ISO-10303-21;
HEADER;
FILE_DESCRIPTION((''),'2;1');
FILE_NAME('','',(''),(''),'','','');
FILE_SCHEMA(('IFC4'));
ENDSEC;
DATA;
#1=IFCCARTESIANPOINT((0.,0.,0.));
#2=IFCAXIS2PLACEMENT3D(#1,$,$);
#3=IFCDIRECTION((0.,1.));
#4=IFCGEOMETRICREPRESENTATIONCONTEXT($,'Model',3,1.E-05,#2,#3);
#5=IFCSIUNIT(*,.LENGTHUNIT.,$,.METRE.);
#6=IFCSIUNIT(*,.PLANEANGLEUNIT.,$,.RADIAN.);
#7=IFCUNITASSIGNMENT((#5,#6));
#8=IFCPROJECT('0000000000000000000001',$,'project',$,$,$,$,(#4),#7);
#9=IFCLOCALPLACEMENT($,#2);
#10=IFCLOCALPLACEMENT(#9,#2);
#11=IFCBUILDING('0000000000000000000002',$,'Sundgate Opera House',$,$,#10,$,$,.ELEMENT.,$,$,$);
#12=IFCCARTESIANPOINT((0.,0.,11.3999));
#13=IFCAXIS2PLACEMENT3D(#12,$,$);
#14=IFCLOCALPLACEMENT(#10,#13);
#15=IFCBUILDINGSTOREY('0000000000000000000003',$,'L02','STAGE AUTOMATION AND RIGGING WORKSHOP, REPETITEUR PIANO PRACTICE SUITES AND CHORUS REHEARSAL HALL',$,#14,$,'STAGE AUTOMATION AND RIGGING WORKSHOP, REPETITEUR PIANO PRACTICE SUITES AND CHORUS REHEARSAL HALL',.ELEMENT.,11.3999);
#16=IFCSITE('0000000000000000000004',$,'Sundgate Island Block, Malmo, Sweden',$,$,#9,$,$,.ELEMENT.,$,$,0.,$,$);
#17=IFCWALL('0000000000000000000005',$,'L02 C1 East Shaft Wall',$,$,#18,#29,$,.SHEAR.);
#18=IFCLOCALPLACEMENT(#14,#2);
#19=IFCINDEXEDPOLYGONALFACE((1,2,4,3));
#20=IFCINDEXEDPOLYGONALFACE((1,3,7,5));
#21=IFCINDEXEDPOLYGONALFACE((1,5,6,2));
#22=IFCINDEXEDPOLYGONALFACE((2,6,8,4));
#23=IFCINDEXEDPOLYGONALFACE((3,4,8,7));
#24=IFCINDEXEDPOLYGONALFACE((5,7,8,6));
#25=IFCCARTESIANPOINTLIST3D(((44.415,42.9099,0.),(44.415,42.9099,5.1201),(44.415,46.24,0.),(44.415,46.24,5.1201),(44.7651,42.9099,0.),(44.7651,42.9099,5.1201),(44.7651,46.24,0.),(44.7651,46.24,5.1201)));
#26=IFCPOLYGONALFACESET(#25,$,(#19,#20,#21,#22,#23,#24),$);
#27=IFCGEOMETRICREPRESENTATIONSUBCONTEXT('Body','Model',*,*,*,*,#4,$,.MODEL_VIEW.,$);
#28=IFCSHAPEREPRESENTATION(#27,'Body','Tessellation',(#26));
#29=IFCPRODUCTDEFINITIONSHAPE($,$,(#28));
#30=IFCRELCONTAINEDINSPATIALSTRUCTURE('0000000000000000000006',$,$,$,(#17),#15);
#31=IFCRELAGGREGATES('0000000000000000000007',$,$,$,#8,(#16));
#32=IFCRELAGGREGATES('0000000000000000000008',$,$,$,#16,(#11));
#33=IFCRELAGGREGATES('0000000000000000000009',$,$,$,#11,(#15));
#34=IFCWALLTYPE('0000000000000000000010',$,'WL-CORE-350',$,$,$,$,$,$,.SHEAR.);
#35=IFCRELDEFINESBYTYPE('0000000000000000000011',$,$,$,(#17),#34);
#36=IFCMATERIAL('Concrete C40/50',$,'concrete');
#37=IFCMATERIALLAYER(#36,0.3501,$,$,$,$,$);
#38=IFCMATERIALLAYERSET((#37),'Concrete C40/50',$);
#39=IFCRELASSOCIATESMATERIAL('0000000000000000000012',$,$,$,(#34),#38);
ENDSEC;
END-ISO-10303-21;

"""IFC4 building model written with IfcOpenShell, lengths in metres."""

from ifc_helpers import new_model, si_unit, direction, frame, frame_2d, origin, place, context, subcontext, project, spatial, rectangle, extrude, material, layer, layer_set, type_object, element, save


model = new_model("IFC4")

# Units and contexts
model_context = context("Model", 3, precision=1e-05, world=origin(), true_north=direction((0.0, 1.0)))
body_context = subcontext(model_context, "Body", "Model", "MODEL_VIEW")
ifc_project = project(units=[si_unit("LENGTHUNIT", "METRE"), si_unit("PLANEANGLEUNIT", "RADIAN")], contexts=[model_context])

# Site, building, storey
site_placement = place(None, origin())
site = spatial("IfcSite", under=ifc_project, at=site_placement, Name="Sundgate Island Block, Malmo, Sweden", CompositionType="ELEMENT", RefElevation=0.0)
building_placement = place(site_placement, origin())
building = spatial("IfcBuilding", under=site, at=building_placement, Name="Sundgate Opera House", CompositionType="ELEMENT")
storey_placement = place(building_placement, frame((0.0, 0.0, 11.3999)))
storey = spatial("IfcBuildingStorey", under=building, at=storey_placement, Name="L02", Description="STAGE AUTOMATION AND RIGGING WORKSHOP, REPETITEUR PIANO PRACTICE SUITES AND CHORUS REHEARSAL HALL", LongName="STAGE AUTOMATION AND RIGGING WORKSHOP, REPETITEUR PIANO PRACTICE SUITES AND CHORUS REHEARSAL HALL", CompositionType="ELEMENT", Elevation=11.3999)

# Wall
ifc_material_1 = material(Name="Concrete C40/50", Category="concrete")
ifc_layer = layer(ifc_material_1, 0.3501)
ifc_layer_set = layer_set([ifc_layer], Name="Concrete C40/50")
wall_type = type_object("IfcWallType", Name="WL-CORE-350", PredefinedType="SHEAR", material=ifc_layer_set)
wall_placement = place(storey_placement, frame((44.5901, 42.9099, 0.0), z_axis=(0.0, 0.0, 1.0), x_axis=(0.0, 1.0, 0.0)))
element("IfcWall", 1, at=wall_placement, inside=storey, type_object=wall_type, Name="L02 C1 East Shaft Wall", PredefinedType="SHEAR", context=body_context, shape_type="SweptSolid", body=[
    extrude(rectangle(XDim=3.3301, YDim=0.3501, at=frame_2d((1.665, 0.0))), origin(), (0.0, 0.0, 1.0), 5.1201),
])

save(model, "model.ifc")
